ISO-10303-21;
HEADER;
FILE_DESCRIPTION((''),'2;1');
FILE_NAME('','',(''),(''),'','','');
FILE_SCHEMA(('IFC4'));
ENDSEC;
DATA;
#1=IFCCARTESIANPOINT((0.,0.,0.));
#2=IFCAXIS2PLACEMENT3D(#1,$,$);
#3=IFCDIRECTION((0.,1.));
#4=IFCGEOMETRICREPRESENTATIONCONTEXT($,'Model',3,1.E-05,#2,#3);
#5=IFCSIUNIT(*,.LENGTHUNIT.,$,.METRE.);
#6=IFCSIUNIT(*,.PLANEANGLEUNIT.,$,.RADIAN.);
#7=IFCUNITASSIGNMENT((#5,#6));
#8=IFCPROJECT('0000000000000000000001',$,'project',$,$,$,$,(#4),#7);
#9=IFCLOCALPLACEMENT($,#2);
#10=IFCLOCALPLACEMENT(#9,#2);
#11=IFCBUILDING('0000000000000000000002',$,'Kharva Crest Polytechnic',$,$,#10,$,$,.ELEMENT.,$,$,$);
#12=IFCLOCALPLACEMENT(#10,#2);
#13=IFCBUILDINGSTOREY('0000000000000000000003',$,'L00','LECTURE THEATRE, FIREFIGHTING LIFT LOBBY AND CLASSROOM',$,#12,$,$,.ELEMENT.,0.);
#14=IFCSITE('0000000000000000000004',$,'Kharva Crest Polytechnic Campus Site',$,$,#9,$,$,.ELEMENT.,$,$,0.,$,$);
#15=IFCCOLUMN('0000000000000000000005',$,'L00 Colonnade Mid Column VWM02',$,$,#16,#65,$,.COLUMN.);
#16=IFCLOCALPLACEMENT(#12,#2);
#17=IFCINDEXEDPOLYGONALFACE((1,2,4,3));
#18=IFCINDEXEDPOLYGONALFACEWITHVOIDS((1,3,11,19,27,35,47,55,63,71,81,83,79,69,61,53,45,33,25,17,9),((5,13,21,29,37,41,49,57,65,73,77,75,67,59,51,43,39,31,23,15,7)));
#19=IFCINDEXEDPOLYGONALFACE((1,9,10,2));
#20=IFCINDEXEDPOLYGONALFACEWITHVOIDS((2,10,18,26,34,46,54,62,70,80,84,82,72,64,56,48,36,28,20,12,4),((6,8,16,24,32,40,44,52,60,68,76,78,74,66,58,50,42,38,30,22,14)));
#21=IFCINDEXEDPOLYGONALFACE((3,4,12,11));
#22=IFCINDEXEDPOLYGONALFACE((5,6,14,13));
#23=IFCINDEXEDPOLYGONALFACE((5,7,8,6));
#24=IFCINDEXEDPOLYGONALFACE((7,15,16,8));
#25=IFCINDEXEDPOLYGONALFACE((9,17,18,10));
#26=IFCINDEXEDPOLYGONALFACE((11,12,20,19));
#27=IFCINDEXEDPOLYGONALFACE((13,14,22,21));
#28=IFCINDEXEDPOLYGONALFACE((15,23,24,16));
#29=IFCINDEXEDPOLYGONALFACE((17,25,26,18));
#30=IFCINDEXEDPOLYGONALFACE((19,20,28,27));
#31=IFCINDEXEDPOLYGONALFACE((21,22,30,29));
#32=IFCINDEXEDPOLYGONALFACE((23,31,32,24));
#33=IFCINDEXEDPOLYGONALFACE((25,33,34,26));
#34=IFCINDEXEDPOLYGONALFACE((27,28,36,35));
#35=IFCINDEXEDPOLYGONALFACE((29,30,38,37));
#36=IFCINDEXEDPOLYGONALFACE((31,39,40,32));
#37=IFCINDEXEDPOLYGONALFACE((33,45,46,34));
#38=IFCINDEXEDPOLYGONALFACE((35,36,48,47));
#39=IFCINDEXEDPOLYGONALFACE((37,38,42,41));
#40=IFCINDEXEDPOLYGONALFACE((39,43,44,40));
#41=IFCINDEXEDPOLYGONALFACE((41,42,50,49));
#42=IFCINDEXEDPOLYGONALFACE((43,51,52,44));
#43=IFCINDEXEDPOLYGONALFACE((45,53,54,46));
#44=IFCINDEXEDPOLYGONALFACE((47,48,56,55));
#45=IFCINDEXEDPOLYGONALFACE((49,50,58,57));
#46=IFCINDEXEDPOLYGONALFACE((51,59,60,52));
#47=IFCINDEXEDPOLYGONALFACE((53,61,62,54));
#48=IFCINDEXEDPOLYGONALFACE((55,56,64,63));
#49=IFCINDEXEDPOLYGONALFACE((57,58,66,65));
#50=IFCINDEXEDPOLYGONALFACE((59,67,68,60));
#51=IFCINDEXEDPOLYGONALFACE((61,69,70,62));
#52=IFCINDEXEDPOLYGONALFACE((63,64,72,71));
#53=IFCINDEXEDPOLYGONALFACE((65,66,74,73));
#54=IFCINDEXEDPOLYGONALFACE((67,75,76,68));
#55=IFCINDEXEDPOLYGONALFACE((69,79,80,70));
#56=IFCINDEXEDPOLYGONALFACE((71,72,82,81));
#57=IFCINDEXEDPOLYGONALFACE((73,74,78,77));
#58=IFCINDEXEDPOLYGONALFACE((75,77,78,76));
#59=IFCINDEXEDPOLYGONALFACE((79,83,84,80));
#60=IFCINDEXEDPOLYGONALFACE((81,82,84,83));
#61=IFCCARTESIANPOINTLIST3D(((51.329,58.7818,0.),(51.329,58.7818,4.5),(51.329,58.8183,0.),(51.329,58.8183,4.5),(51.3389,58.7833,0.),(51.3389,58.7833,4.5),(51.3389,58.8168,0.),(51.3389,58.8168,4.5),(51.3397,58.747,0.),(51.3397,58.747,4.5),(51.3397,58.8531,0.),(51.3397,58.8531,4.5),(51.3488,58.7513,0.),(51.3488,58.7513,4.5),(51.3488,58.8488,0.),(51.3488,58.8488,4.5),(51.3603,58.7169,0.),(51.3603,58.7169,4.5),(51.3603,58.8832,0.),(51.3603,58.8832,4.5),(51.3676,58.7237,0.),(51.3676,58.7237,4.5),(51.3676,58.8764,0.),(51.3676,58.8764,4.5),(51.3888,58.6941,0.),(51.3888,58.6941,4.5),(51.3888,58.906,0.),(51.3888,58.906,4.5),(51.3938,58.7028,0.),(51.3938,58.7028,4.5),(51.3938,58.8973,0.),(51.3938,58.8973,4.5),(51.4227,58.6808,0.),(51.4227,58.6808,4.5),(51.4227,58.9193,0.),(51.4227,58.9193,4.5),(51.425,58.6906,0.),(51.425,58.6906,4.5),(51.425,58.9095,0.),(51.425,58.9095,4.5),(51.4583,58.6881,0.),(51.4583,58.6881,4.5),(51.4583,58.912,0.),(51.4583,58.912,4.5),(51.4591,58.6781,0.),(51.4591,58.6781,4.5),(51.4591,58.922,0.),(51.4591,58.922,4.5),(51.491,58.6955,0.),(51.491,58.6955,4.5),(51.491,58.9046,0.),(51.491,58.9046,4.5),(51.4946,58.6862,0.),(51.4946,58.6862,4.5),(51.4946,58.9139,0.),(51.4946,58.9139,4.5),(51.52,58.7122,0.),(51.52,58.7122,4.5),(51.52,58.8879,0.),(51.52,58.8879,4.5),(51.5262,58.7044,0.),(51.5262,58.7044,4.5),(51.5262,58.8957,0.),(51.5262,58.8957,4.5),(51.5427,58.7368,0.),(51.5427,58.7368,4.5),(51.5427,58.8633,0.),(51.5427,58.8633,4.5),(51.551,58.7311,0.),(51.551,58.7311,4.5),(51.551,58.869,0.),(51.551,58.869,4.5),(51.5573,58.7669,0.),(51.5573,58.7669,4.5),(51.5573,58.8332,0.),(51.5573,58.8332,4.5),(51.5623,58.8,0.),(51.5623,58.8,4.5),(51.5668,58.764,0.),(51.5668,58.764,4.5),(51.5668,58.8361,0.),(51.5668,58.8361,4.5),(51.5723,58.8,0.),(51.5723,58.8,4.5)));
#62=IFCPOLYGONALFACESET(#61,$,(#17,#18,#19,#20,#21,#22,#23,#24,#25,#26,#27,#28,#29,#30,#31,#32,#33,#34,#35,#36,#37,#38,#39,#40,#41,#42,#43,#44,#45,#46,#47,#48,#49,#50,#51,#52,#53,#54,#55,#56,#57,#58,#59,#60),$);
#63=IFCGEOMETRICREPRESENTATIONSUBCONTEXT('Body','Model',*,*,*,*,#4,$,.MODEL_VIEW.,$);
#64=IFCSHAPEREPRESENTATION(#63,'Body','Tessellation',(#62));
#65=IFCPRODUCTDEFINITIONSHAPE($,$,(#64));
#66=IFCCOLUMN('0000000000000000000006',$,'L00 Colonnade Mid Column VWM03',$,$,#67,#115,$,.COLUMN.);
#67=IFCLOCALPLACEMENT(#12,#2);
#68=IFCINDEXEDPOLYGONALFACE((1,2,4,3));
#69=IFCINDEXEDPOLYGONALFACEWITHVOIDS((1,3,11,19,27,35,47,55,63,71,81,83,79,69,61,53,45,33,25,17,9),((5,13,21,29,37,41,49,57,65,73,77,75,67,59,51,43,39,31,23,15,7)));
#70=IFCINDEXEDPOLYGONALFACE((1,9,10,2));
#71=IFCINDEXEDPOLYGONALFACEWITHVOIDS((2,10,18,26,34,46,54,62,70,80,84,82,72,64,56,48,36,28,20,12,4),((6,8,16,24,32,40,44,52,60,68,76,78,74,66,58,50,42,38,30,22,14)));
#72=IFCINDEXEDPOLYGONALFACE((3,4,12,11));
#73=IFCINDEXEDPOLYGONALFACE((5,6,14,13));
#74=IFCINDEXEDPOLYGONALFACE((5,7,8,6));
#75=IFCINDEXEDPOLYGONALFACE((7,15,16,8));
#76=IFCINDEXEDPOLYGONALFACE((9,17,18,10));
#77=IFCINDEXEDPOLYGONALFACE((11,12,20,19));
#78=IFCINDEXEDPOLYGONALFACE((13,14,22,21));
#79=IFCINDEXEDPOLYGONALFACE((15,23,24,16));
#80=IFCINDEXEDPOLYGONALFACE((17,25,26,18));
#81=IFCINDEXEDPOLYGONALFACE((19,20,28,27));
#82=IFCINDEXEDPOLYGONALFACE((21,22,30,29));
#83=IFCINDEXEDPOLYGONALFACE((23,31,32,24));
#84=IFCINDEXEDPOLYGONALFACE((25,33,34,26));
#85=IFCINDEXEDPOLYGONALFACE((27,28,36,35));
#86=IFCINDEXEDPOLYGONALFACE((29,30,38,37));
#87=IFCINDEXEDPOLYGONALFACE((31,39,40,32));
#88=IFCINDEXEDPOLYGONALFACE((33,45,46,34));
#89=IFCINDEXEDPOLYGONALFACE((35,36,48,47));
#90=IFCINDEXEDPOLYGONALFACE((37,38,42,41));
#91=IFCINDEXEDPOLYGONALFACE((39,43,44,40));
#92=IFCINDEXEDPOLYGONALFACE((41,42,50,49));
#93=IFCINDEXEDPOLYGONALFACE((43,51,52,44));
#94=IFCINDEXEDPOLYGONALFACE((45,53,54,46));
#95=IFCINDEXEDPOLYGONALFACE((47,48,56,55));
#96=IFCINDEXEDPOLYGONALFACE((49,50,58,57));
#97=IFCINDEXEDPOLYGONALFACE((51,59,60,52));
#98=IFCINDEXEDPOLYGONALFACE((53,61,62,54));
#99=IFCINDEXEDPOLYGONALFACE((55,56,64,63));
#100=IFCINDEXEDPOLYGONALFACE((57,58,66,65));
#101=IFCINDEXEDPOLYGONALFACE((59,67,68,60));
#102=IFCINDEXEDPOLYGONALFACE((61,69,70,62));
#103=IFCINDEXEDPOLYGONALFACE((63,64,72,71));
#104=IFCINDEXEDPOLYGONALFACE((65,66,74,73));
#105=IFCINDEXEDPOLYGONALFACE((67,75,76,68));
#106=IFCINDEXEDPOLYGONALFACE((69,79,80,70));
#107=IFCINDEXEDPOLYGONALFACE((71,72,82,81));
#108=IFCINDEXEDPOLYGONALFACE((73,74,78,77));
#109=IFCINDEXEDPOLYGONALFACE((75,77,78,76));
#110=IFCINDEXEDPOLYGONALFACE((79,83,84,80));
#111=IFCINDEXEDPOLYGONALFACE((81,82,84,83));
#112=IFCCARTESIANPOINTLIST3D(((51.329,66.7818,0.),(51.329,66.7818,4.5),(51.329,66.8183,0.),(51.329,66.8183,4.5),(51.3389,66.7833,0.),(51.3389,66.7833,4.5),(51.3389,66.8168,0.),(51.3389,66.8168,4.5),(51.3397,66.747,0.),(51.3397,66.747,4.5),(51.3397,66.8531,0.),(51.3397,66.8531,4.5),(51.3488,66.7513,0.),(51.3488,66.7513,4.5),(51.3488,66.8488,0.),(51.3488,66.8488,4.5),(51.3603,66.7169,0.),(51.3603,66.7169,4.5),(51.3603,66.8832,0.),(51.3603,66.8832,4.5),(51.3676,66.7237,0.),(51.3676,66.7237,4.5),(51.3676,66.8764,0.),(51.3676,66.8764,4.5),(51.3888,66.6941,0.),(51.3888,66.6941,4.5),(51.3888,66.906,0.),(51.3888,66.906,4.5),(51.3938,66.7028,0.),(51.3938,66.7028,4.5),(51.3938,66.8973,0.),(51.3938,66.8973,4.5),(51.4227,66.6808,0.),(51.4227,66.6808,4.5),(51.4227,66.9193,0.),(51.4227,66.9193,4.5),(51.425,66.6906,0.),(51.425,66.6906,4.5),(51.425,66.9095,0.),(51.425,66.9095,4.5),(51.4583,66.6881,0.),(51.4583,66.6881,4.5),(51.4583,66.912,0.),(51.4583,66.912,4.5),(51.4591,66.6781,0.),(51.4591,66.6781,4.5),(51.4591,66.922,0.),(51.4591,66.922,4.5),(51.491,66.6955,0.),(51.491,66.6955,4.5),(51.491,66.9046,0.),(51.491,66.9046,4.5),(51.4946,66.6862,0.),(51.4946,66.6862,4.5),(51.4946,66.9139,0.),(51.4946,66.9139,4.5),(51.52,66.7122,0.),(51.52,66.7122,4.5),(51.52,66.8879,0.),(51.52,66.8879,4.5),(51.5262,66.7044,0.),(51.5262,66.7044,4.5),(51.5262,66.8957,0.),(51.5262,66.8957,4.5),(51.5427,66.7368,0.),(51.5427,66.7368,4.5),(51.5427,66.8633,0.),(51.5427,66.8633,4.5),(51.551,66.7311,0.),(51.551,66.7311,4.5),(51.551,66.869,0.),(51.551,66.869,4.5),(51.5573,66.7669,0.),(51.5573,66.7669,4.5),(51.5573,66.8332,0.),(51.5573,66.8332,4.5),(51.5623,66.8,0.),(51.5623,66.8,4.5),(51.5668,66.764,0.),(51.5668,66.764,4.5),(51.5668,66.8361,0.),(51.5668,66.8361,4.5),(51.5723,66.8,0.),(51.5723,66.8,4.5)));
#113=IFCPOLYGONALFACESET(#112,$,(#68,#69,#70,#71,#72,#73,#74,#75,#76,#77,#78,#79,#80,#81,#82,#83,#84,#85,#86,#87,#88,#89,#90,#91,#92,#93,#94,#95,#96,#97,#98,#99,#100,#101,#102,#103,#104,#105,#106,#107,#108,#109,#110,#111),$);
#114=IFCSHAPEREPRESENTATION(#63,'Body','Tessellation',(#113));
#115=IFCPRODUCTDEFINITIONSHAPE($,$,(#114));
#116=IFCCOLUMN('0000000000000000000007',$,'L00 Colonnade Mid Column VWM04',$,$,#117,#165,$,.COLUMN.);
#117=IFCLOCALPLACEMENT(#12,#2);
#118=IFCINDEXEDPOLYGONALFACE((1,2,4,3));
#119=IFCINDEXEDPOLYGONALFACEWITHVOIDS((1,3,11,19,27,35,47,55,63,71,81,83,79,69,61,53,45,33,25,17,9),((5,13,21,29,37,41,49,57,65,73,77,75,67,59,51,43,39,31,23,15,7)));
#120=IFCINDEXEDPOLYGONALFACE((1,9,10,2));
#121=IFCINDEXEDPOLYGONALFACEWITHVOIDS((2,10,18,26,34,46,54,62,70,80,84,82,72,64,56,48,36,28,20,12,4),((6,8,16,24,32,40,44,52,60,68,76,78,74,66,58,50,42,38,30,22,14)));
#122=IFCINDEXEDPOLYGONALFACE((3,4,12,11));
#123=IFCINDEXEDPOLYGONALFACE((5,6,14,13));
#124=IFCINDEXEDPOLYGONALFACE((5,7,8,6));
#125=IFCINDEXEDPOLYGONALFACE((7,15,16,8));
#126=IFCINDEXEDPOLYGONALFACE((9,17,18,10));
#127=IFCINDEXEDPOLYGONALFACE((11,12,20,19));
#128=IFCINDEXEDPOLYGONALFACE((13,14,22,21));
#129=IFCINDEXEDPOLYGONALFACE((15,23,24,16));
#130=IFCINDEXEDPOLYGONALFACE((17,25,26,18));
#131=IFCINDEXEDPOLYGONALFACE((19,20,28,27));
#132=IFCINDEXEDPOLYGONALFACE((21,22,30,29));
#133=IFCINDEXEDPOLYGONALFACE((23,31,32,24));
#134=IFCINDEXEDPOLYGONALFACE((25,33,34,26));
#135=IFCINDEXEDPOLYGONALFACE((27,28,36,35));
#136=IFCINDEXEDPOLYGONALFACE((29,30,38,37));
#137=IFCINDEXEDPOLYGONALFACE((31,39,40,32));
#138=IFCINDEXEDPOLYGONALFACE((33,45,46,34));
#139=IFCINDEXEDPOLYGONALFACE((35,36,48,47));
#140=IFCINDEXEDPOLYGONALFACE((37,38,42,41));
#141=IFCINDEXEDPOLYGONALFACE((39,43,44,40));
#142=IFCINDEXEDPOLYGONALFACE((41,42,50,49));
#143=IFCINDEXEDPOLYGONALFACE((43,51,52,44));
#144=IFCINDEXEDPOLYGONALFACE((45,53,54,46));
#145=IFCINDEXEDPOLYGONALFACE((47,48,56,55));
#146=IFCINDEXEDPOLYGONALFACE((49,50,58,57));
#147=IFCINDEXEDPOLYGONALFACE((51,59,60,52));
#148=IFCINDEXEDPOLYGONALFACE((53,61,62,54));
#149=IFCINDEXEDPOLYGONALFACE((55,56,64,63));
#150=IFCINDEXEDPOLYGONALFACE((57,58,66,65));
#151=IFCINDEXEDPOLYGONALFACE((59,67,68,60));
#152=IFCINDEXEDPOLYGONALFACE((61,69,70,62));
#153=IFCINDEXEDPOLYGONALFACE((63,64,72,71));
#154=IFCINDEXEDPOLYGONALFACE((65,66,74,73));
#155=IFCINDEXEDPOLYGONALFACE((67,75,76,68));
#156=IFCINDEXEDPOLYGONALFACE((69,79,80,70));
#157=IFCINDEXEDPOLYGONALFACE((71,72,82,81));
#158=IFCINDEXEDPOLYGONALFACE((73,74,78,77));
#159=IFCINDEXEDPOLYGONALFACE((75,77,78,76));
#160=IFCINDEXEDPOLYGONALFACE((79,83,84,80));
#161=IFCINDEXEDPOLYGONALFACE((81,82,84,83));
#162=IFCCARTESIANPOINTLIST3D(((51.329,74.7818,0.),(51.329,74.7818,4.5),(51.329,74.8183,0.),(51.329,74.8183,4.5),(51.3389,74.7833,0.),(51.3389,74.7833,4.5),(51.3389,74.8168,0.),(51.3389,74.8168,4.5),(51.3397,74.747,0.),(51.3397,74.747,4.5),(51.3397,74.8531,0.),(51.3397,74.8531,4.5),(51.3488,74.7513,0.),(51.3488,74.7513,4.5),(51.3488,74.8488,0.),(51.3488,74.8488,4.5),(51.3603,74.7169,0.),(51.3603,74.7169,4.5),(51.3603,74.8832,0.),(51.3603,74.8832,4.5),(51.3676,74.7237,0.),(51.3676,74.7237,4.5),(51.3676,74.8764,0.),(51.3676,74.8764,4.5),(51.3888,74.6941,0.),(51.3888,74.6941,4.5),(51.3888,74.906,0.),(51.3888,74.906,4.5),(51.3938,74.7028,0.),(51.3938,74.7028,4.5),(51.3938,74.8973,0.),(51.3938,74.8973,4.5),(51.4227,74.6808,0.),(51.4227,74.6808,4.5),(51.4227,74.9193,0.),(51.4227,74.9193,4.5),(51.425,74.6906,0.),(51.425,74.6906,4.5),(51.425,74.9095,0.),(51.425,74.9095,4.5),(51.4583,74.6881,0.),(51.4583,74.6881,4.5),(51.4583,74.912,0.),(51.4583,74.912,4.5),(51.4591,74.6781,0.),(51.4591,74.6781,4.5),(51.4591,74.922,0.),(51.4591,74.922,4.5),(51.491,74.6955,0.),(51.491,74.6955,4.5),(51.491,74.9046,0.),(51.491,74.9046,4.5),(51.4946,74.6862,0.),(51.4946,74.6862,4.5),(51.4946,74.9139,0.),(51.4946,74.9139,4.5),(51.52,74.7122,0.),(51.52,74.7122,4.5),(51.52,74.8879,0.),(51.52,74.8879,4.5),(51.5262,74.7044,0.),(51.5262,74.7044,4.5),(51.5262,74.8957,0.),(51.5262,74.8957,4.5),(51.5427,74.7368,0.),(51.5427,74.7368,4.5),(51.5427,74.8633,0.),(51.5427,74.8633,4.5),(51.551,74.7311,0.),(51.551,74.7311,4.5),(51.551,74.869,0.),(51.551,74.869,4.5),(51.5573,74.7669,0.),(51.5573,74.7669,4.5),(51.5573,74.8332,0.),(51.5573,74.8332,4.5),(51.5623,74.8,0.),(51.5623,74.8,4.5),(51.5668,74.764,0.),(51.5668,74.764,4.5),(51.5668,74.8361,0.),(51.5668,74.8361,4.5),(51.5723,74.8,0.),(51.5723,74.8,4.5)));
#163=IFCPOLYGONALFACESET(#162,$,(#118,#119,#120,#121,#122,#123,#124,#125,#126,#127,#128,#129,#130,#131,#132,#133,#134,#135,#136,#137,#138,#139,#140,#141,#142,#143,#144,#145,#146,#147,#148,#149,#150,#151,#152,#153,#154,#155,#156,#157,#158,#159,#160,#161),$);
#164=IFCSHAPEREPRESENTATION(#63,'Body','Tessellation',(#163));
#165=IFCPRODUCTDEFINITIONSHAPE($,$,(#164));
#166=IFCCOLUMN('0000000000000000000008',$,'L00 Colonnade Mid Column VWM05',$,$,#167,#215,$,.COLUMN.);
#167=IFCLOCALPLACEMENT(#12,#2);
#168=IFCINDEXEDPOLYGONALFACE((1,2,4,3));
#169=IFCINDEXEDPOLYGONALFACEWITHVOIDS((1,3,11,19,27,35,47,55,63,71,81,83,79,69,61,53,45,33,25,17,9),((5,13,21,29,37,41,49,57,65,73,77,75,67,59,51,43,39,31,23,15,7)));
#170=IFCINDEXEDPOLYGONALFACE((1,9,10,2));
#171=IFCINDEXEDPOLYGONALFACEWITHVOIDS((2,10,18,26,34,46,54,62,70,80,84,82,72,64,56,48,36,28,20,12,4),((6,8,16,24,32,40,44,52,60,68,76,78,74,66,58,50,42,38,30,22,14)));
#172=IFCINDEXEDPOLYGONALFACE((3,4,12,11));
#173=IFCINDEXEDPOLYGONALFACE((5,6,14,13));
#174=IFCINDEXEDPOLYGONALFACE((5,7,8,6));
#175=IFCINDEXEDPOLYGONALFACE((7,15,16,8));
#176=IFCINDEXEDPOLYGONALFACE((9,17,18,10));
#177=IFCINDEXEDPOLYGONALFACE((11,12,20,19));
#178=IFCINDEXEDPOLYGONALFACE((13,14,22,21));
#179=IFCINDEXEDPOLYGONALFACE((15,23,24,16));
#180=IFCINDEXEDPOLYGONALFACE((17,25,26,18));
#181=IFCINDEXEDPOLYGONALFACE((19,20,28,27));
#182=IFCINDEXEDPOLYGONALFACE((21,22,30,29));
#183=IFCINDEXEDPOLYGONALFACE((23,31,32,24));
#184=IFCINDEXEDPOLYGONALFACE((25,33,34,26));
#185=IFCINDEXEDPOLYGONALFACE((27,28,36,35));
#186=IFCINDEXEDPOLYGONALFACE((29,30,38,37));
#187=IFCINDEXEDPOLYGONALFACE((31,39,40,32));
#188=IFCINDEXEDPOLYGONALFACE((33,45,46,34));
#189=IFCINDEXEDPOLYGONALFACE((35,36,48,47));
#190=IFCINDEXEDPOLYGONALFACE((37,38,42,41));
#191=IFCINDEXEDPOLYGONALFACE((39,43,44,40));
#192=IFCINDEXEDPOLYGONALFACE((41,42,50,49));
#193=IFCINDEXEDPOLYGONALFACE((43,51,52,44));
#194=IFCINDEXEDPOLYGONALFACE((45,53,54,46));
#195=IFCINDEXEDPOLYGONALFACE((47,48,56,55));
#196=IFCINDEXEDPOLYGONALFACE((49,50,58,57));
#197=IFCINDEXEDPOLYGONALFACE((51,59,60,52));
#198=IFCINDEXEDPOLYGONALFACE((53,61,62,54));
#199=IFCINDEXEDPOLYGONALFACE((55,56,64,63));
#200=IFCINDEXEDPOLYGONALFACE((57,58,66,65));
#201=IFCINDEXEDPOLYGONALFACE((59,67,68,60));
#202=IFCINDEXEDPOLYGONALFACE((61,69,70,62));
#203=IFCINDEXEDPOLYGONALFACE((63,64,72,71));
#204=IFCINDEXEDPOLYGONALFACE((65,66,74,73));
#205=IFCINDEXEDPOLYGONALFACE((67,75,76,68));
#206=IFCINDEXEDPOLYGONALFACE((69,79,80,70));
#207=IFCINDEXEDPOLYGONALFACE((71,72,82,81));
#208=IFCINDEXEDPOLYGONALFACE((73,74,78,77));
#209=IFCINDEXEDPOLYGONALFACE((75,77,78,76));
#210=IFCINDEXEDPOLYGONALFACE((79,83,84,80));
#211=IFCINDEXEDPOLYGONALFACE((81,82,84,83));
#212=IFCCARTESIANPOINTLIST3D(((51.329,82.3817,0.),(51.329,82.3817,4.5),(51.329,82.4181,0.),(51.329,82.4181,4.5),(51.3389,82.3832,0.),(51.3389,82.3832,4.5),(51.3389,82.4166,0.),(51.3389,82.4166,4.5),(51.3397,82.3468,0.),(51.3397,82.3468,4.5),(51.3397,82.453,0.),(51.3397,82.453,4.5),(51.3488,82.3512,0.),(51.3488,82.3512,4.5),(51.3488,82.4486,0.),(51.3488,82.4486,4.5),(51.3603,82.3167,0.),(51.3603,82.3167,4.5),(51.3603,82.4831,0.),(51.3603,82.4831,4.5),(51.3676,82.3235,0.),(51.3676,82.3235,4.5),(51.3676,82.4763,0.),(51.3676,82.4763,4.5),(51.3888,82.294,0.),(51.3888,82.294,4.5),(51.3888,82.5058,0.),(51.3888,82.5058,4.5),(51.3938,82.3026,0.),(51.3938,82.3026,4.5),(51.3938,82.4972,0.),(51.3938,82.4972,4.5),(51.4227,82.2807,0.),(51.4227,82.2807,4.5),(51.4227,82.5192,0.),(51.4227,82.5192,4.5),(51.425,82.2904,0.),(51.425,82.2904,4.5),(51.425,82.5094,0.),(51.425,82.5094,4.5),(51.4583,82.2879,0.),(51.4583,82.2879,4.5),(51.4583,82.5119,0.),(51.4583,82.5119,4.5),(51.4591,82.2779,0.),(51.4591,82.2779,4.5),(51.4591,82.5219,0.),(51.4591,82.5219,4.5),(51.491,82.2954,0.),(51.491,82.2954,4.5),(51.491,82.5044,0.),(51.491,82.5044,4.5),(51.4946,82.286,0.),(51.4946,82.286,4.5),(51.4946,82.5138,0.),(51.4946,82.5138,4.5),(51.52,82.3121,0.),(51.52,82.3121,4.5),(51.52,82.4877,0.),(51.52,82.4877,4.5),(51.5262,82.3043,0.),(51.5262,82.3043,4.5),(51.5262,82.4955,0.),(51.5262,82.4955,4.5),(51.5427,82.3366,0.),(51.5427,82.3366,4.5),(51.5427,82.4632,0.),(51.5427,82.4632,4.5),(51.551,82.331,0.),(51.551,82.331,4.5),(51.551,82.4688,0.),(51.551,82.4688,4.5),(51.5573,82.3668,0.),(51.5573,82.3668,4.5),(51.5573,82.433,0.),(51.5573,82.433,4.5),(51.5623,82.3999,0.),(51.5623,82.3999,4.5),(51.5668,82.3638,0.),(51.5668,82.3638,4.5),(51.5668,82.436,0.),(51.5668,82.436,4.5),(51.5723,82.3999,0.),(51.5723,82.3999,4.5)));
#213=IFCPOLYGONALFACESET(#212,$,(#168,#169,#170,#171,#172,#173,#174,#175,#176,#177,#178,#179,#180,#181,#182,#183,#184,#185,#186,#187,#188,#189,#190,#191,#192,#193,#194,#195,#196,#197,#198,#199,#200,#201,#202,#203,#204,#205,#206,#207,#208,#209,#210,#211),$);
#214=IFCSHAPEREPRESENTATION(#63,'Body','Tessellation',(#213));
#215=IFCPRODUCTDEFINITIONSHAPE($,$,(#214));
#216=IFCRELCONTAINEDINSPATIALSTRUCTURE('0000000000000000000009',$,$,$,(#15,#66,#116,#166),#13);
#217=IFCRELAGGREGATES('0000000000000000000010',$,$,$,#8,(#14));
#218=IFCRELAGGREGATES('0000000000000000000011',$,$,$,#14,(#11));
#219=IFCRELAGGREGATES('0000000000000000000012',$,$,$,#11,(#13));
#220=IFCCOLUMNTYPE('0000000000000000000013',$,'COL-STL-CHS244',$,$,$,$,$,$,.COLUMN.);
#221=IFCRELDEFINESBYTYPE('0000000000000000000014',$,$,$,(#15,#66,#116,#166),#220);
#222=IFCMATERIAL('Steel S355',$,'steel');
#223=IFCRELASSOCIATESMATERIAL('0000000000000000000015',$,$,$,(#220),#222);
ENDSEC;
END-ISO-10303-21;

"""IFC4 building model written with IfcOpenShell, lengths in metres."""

from ifc_helpers import new_model, si_unit, direction, frame, origin, origin_2d, place, context, subcontext, project, spatial, hollow_circle, extrude, material, material_profile, profile_set, type_object, element, save


model = new_model("IFC4")

# Units and contexts
model_context = context("Model", 3, precision=1e-05, world=origin(), true_north=direction((0.0, 1.0)))
body_context = subcontext(model_context, "Body", "Model", "MODEL_VIEW")
ifc_project = project(units=[si_unit("LENGTHUNIT", "METRE"), si_unit("PLANEANGLEUNIT", "RADIAN")], contexts=[model_context])

# Site, building, storey
site_placement = place(None, origin())
site = spatial("IfcSite", under=ifc_project, at=site_placement, Name="Kharva Crest Polytechnic Campus Site", CompositionType="ELEMENT", RefElevation=0.0)
building_placement = place(site_placement, origin())
building = spatial("IfcBuilding", under=site, at=building_placement, Name="Kharva Crest Polytechnic", CompositionType="ELEMENT")
storey_placement = place(building_placement, origin())
storey = spatial("IfcBuildingStorey", under=building, at=storey_placement, Name="L00", Description="LECTURE THEATRE, FIREFIGHTING LIFT LOBBY AND CLASSROOM", CompositionType="ELEMENT", Elevation=0.0)

# Columns
ifc_material_1 = material(Name="Steel S355", Category="steel")
ifc_material_profile_1 = material_profile(ifc_material_1, hollow_circle(Radius=0.1223, WallThickness=0.01, at=origin_2d()), Name="CHS 244.5X10.0")
ifc_profile_set_1 = profile_set([ifc_material_profile_1], Name="Steel S355")
column_type_1 = type_object("IfcColumnType", Name="COL-STL-CHS244", PredefinedType="COLUMN", material=ifc_profile_set_1)
for number, where, z_axis, x_axis, name in (
    (1, (51.45, 58.8, 0.0), (0.0, 0.0, 1.0), (1.0, 0.0, 0.0), "L00 Colonnade Mid Column VWM02"),
    (2, (51.45, 66.8, 0.0), (0.0, 0.0, 1.0), (1.0, 0.0, 0.0), "L00 Colonnade Mid Column VWM03"),
    (3, (51.45, 74.8, 0.0), (0.0, 0.0, 1.0), (1.0, 0.0, 0.0), "L00 Colonnade Mid Column VWM04"),
    (4, (51.45, 82.3999, 0.0), (0.0, 0.0, 1.0), (1.0, 0.0, 0.0), "L00 Colonnade Mid Column VWM05"),
):
    element("IfcColumn", number, at=place(storey_placement, frame(where, z_axis=z_axis, x_axis=x_axis)), inside=storey, type_object=column_type_1, Name=name, PredefinedType="COLUMN", context=body_context, shape_type="SweptSolid", body=[
        extrude(hollow_circle(Radius=0.1223, WallThickness=0.01, at=origin_2d()), origin(), (0.0, 0.0, 1.0), 4.5),
    ])

save(model, "model.ifc")
